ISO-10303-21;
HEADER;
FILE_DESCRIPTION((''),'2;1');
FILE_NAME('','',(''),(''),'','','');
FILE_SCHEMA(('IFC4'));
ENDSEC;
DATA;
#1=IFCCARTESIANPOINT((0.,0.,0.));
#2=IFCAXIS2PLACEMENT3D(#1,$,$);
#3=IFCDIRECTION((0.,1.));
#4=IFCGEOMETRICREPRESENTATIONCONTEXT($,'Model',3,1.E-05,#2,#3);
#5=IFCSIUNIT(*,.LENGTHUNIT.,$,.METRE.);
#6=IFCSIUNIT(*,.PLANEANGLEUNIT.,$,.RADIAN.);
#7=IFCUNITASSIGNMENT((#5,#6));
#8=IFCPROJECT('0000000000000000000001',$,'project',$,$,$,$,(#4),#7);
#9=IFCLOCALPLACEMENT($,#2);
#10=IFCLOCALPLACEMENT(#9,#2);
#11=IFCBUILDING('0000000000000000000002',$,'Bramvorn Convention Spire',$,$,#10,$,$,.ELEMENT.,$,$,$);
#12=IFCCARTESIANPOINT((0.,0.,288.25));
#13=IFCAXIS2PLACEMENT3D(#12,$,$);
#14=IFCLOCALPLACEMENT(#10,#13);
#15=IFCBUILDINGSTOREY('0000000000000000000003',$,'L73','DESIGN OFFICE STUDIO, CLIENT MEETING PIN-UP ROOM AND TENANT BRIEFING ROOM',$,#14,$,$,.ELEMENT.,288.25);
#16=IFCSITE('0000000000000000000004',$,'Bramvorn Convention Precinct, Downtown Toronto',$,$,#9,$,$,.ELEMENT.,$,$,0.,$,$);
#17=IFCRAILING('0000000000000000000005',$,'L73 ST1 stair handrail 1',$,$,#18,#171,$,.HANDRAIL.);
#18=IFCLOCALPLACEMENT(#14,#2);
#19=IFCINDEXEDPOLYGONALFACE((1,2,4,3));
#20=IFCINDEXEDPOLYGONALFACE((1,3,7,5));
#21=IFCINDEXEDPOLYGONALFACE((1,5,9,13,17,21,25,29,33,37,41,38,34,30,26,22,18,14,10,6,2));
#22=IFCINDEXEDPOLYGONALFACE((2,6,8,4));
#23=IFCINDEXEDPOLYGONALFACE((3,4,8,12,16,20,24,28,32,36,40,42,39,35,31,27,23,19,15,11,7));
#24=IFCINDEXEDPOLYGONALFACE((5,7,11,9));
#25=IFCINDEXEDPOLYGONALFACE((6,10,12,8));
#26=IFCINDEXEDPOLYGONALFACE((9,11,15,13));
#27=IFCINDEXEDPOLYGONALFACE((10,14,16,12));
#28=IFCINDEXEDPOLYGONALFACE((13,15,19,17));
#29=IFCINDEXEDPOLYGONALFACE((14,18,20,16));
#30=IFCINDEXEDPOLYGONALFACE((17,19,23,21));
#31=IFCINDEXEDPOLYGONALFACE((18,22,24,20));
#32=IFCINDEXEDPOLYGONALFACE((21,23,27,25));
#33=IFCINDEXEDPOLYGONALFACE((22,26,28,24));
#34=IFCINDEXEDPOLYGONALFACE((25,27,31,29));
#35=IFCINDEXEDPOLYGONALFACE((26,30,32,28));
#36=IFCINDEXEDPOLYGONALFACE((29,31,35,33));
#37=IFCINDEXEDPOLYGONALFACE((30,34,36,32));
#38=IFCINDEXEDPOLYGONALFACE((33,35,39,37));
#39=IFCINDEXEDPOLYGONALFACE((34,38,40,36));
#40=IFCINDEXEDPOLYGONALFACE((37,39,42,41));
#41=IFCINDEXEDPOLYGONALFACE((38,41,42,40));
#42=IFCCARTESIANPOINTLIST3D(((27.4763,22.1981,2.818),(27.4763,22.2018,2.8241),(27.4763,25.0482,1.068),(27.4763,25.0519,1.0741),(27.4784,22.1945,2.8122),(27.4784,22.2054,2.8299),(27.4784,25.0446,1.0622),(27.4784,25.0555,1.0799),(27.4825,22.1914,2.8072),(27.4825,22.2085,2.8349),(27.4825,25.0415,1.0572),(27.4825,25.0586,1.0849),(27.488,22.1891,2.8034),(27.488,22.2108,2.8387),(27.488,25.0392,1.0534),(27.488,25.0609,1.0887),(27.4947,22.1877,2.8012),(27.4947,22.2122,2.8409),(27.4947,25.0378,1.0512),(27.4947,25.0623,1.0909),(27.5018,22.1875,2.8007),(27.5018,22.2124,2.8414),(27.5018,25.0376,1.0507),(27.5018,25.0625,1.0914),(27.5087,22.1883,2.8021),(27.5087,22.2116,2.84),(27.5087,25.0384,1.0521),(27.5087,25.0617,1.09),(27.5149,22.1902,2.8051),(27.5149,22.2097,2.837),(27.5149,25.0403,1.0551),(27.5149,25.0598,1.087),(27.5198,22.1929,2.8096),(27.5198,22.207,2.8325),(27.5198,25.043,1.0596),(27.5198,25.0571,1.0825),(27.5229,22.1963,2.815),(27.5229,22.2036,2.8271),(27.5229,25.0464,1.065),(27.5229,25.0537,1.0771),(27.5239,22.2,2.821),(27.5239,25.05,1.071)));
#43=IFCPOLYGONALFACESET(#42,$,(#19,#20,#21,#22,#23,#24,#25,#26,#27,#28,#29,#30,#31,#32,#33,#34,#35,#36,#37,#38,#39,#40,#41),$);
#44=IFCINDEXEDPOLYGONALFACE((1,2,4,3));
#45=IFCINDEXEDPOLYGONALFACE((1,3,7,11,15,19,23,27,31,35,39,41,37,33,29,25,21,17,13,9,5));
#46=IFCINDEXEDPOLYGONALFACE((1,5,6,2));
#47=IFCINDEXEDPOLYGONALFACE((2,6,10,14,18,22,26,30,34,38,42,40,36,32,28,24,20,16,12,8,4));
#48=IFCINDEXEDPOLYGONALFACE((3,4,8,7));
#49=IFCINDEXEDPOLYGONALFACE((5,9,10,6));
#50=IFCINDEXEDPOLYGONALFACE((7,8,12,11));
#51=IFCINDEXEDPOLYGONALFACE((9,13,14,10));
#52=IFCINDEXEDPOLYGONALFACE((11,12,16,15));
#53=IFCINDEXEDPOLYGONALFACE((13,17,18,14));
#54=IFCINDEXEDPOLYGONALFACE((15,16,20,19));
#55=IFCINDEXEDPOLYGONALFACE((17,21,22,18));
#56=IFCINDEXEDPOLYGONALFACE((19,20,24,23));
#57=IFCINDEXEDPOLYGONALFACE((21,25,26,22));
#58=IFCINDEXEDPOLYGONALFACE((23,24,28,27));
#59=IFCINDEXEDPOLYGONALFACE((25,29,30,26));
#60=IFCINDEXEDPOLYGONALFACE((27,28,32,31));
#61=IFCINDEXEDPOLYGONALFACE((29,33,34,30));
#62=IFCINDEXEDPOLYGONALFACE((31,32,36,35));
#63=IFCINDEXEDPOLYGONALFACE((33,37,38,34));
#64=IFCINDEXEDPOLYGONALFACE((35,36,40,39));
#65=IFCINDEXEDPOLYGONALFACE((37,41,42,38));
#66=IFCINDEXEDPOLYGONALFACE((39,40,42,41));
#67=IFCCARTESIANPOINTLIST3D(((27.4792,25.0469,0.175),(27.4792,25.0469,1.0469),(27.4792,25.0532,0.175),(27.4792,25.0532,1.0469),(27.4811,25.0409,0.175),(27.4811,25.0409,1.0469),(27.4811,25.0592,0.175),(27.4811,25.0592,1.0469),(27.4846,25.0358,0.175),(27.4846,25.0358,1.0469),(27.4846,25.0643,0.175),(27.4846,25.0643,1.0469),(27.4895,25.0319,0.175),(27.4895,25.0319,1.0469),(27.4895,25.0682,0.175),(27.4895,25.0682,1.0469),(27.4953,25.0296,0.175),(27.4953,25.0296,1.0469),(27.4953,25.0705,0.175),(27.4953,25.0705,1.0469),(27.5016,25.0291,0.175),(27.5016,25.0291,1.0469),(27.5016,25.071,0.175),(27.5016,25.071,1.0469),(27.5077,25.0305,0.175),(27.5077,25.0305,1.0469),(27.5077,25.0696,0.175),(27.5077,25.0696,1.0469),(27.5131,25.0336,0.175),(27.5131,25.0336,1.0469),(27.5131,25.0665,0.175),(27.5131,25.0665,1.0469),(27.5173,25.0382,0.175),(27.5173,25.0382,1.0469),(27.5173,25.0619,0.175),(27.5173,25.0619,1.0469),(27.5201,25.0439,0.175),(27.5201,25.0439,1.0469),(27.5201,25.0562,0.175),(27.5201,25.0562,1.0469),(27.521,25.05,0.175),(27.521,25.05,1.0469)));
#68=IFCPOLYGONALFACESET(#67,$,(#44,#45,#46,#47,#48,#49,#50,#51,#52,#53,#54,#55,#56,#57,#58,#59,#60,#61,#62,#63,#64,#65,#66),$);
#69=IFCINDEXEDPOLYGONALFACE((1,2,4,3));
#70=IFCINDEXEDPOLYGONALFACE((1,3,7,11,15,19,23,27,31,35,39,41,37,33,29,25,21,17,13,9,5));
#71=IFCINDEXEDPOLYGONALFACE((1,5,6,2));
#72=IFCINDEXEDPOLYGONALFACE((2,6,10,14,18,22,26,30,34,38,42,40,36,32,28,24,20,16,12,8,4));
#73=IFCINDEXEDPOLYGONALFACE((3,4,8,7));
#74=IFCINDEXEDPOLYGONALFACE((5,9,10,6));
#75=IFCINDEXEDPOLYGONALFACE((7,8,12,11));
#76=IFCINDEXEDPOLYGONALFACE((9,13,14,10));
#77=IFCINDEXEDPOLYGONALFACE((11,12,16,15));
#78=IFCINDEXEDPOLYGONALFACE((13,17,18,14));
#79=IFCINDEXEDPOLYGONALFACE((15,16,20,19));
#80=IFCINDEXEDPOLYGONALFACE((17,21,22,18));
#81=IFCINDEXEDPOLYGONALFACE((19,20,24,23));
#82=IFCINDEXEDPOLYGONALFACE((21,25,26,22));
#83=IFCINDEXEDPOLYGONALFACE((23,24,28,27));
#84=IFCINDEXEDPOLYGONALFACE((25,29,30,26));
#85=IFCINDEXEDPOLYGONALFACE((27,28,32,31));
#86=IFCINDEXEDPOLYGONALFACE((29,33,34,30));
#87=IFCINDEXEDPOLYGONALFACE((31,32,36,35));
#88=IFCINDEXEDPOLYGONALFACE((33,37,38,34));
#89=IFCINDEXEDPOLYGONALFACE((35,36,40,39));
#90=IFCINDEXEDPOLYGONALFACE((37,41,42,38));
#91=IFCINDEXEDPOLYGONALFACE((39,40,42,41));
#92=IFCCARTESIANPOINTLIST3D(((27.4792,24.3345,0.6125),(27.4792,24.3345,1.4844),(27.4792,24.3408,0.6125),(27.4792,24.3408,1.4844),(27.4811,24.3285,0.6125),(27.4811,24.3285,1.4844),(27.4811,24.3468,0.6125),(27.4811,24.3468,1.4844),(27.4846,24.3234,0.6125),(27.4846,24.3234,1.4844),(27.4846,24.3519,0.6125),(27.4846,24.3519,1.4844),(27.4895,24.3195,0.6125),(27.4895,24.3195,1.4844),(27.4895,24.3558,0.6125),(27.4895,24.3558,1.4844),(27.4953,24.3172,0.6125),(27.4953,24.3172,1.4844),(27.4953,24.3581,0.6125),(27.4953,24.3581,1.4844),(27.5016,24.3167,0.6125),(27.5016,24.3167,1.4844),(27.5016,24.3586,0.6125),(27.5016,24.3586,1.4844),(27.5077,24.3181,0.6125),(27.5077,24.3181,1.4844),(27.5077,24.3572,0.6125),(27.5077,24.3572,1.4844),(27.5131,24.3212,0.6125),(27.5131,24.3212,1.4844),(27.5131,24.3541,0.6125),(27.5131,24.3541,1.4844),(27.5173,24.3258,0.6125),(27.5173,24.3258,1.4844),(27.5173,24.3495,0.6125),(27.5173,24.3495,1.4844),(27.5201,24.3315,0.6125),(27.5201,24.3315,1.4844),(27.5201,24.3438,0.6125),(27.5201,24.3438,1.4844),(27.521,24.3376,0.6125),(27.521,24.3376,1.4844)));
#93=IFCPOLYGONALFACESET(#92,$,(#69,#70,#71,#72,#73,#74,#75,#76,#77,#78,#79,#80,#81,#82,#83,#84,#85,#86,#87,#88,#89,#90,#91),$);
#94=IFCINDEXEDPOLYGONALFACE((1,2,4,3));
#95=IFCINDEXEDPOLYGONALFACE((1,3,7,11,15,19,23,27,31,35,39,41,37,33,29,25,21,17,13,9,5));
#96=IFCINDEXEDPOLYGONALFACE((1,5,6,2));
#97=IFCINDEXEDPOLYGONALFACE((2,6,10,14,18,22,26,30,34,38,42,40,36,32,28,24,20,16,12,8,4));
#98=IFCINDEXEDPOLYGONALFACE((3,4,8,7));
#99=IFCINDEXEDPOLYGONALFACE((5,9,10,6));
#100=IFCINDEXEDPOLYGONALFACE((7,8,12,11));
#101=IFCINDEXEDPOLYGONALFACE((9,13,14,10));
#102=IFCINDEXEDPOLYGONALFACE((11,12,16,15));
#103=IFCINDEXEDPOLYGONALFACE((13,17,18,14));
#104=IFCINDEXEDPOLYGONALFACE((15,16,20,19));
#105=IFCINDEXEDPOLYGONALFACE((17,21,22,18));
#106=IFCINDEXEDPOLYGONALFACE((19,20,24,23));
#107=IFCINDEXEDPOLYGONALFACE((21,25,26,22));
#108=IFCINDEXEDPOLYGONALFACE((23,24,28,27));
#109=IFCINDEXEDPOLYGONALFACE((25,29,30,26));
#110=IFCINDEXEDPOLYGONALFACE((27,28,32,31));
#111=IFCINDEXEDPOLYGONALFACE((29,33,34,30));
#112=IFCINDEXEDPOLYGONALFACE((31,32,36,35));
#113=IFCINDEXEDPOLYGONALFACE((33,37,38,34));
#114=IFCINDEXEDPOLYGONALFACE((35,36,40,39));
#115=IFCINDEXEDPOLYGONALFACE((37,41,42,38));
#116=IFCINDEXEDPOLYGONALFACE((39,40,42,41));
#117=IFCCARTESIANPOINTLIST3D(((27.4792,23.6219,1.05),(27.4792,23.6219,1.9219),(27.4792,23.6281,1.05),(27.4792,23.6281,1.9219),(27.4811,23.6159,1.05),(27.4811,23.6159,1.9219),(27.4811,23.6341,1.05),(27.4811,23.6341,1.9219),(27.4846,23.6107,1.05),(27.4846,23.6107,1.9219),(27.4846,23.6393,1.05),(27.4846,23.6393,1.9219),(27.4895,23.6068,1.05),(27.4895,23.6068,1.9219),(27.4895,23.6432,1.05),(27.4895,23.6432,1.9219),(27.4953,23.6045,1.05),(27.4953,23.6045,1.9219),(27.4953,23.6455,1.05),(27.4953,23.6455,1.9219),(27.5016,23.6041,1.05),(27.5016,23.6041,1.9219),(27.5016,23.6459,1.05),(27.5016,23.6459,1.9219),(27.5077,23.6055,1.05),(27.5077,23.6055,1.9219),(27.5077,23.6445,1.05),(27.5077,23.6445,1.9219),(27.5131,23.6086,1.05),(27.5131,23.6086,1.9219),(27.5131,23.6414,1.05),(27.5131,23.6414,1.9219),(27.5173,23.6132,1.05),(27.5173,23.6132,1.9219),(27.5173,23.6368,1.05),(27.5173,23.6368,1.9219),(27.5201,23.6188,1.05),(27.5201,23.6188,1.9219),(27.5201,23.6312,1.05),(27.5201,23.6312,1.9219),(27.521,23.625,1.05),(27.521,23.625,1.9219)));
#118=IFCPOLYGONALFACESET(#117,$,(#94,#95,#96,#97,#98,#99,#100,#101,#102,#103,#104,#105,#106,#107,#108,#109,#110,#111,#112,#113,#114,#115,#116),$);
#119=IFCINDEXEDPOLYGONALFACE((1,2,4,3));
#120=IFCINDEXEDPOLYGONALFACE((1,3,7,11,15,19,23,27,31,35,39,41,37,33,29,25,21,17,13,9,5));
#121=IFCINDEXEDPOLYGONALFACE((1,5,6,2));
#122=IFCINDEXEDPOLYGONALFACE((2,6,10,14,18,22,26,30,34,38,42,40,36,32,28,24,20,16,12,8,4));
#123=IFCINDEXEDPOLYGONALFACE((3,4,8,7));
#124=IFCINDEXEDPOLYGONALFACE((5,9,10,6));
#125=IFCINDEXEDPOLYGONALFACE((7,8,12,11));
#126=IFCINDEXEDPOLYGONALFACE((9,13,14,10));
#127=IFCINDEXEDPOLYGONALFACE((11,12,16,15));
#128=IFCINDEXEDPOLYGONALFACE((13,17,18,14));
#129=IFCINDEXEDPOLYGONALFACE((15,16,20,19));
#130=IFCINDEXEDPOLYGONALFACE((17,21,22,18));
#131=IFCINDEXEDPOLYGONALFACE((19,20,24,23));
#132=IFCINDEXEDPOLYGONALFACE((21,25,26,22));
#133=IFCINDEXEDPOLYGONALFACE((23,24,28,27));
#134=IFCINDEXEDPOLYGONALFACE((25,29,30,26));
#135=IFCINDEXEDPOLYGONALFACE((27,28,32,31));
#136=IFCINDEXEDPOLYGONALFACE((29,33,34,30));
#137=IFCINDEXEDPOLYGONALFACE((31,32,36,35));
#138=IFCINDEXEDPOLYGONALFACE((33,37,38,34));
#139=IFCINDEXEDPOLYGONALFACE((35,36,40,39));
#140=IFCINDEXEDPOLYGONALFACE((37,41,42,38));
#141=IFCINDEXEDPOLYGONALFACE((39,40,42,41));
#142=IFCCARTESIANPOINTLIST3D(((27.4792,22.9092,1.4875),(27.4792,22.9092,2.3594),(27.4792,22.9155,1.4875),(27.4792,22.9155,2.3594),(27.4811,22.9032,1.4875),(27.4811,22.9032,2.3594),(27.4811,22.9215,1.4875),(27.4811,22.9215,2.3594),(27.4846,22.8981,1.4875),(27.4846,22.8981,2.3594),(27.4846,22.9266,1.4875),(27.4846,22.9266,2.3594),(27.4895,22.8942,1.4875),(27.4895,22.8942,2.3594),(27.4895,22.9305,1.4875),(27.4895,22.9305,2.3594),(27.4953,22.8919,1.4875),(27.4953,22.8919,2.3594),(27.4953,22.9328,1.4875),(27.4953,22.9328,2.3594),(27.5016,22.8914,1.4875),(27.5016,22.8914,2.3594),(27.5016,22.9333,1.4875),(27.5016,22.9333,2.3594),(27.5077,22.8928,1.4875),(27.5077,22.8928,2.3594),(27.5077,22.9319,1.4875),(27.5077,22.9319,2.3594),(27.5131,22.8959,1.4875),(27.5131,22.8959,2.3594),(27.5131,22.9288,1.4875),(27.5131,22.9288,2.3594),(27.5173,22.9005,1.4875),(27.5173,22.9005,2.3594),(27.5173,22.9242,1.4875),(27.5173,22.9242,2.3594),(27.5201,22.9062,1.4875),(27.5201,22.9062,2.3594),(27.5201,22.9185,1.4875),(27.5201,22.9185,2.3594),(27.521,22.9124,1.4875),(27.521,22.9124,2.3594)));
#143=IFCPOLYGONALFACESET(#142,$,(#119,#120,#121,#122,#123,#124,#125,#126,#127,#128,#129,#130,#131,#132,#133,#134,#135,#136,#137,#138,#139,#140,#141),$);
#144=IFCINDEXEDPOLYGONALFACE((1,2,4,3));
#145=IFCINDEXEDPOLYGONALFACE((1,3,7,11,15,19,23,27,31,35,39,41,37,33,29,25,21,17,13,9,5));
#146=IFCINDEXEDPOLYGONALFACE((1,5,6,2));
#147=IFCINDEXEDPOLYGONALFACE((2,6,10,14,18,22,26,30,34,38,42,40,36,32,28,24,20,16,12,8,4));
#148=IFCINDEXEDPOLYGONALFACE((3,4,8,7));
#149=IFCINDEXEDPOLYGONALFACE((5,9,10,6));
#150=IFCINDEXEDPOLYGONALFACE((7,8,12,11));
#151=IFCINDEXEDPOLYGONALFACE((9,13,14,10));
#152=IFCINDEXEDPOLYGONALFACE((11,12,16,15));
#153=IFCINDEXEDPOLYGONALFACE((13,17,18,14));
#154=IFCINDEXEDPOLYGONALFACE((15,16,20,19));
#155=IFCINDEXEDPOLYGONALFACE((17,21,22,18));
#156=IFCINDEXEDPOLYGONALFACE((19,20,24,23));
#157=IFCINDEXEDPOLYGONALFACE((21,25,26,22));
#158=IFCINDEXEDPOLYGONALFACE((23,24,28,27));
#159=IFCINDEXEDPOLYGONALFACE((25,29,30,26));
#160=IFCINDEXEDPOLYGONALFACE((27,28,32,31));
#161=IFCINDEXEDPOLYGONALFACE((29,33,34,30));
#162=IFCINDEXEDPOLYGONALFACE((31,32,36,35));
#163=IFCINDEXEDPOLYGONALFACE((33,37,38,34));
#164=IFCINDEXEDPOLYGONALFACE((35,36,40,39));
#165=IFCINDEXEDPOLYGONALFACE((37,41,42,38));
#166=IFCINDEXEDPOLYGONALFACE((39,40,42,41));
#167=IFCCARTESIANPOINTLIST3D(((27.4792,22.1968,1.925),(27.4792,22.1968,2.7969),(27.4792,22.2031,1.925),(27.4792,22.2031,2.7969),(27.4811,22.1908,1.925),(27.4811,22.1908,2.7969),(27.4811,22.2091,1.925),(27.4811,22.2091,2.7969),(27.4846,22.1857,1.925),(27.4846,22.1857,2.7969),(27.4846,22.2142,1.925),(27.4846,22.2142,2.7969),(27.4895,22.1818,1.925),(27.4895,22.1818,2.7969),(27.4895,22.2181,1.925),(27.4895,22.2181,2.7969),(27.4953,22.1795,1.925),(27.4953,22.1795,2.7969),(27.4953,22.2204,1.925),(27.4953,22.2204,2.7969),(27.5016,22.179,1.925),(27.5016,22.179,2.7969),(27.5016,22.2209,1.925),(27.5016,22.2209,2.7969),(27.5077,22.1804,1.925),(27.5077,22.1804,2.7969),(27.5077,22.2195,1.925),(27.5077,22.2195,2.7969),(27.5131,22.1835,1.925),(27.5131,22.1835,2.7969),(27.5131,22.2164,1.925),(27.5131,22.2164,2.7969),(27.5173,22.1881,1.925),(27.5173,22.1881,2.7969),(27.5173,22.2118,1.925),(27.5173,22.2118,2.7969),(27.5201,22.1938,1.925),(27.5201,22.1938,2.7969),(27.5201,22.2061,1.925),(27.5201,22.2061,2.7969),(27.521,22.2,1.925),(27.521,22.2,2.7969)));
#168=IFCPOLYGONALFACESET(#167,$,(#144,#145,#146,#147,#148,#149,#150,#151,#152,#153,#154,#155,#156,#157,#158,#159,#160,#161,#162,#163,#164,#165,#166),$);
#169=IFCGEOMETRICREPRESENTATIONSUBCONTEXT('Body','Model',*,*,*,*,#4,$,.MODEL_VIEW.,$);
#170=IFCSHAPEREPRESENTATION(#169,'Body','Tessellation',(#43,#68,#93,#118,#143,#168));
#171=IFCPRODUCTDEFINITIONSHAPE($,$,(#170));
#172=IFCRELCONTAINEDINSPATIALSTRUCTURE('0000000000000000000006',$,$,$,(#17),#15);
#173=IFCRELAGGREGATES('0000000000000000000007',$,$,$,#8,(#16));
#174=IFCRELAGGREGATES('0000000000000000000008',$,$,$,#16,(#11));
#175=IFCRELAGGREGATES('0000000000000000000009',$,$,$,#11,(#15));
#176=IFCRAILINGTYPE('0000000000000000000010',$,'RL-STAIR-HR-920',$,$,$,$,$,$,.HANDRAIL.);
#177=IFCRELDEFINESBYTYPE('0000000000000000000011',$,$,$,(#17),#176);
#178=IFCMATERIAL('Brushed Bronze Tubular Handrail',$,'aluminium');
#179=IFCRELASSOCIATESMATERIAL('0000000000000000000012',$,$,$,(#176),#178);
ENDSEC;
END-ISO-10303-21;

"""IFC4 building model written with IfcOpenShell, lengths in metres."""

from ifc_helpers import new_model, si_unit, direction, frame, origin, origin_2d, place, context, subcontext, project, spatial, circle, extrude, material, type_object, element, save


model = new_model("IFC4")

# Units and contexts
model_context = context("Model", 3, precision=1e-05, world=origin(), true_north=direction((0.0, 1.0)))
body_context = subcontext(model_context, "Body", "Model", "MODEL_VIEW")
ifc_project = project(units=[si_unit("LENGTHUNIT", "METRE"), si_unit("PLANEANGLEUNIT", "RADIAN")], contexts=[model_context])

# Site, building, storey
site_placement = place(None, origin())
site = spatial("IfcSite", under=ifc_project, at=site_placement, Name="Bramvorn Convention Precinct, Downtown Toronto", CompositionType="ELEMENT", RefElevation=0.0)
building_placement = place(site_placement, origin())
building = spatial("IfcBuilding", under=site, at=building_placement, Name="Bramvorn Convention Spire", CompositionType="ELEMENT")
storey_placement = place(building_placement, frame((0.0, 0.0, 288.25)))
storey = spatial("IfcBuildingStorey", under=building, at=storey_placement, Name="L73", Description="DESIGN OFFICE STUDIO, CLIENT MEETING PIN-UP ROOM AND TENANT BRIEFING ROOM", CompositionType="ELEMENT", Elevation=288.25)

# Railing
ifc_material_1 = material(Name="Brushed Bronze Tubular Handrail", Category="aluminium")
railing_type_1 = type_object("IfcRailingType", Name="RL-STAIR-HR-920", PredefinedType="HANDRAIL", material=ifc_material_1)
railing_1_placement = place(storey_placement, frame((27.5, 25.05, 0.175)))
element("IfcRailing", 1, at=railing_1_placement, inside=storey, type_object=railing_type_1, Name="L73 ST1 stair handrail 1", PredefinedType="HANDRAIL", context=body_context, shape_type="SweptSolid", body=[
    extrude(circle(Radius=0.0239, at=origin_2d()), frame((0.0, 0.0, 0.896), z_axis=(0.0, -0.852179, 0.52325), x_axis=(1.0, 0.0, 0.0)), (0.0, 0.0, 1.0), 3.3445),
    extrude(circle(Radius=0.021, at=origin_2d()), origin(), (0.0, 0.0, 1.0), 0.8718),
    extrude(circle(Radius=0.021, at=origin_2d()), frame((0.0, -0.7124, 0.4375)), (0.0, 0.0, 1.0), 0.8718),
    extrude(circle(Radius=0.021, at=origin_2d()), frame((0.0, -1.425, 0.875)), (0.0, 0.0, 1.0), 0.8718),
    extrude(circle(Radius=0.021, at=origin_2d()), frame((0.0, -2.1377, 1.3125)), (0.0, 0.0, 1.0), 0.8718),
    extrude(circle(Radius=0.021, at=origin_2d()), frame((0.0, -2.8501, 1.75)), (0.0, 0.0, 1.0), 0.8718),
])

save(model, "model.ifc")
